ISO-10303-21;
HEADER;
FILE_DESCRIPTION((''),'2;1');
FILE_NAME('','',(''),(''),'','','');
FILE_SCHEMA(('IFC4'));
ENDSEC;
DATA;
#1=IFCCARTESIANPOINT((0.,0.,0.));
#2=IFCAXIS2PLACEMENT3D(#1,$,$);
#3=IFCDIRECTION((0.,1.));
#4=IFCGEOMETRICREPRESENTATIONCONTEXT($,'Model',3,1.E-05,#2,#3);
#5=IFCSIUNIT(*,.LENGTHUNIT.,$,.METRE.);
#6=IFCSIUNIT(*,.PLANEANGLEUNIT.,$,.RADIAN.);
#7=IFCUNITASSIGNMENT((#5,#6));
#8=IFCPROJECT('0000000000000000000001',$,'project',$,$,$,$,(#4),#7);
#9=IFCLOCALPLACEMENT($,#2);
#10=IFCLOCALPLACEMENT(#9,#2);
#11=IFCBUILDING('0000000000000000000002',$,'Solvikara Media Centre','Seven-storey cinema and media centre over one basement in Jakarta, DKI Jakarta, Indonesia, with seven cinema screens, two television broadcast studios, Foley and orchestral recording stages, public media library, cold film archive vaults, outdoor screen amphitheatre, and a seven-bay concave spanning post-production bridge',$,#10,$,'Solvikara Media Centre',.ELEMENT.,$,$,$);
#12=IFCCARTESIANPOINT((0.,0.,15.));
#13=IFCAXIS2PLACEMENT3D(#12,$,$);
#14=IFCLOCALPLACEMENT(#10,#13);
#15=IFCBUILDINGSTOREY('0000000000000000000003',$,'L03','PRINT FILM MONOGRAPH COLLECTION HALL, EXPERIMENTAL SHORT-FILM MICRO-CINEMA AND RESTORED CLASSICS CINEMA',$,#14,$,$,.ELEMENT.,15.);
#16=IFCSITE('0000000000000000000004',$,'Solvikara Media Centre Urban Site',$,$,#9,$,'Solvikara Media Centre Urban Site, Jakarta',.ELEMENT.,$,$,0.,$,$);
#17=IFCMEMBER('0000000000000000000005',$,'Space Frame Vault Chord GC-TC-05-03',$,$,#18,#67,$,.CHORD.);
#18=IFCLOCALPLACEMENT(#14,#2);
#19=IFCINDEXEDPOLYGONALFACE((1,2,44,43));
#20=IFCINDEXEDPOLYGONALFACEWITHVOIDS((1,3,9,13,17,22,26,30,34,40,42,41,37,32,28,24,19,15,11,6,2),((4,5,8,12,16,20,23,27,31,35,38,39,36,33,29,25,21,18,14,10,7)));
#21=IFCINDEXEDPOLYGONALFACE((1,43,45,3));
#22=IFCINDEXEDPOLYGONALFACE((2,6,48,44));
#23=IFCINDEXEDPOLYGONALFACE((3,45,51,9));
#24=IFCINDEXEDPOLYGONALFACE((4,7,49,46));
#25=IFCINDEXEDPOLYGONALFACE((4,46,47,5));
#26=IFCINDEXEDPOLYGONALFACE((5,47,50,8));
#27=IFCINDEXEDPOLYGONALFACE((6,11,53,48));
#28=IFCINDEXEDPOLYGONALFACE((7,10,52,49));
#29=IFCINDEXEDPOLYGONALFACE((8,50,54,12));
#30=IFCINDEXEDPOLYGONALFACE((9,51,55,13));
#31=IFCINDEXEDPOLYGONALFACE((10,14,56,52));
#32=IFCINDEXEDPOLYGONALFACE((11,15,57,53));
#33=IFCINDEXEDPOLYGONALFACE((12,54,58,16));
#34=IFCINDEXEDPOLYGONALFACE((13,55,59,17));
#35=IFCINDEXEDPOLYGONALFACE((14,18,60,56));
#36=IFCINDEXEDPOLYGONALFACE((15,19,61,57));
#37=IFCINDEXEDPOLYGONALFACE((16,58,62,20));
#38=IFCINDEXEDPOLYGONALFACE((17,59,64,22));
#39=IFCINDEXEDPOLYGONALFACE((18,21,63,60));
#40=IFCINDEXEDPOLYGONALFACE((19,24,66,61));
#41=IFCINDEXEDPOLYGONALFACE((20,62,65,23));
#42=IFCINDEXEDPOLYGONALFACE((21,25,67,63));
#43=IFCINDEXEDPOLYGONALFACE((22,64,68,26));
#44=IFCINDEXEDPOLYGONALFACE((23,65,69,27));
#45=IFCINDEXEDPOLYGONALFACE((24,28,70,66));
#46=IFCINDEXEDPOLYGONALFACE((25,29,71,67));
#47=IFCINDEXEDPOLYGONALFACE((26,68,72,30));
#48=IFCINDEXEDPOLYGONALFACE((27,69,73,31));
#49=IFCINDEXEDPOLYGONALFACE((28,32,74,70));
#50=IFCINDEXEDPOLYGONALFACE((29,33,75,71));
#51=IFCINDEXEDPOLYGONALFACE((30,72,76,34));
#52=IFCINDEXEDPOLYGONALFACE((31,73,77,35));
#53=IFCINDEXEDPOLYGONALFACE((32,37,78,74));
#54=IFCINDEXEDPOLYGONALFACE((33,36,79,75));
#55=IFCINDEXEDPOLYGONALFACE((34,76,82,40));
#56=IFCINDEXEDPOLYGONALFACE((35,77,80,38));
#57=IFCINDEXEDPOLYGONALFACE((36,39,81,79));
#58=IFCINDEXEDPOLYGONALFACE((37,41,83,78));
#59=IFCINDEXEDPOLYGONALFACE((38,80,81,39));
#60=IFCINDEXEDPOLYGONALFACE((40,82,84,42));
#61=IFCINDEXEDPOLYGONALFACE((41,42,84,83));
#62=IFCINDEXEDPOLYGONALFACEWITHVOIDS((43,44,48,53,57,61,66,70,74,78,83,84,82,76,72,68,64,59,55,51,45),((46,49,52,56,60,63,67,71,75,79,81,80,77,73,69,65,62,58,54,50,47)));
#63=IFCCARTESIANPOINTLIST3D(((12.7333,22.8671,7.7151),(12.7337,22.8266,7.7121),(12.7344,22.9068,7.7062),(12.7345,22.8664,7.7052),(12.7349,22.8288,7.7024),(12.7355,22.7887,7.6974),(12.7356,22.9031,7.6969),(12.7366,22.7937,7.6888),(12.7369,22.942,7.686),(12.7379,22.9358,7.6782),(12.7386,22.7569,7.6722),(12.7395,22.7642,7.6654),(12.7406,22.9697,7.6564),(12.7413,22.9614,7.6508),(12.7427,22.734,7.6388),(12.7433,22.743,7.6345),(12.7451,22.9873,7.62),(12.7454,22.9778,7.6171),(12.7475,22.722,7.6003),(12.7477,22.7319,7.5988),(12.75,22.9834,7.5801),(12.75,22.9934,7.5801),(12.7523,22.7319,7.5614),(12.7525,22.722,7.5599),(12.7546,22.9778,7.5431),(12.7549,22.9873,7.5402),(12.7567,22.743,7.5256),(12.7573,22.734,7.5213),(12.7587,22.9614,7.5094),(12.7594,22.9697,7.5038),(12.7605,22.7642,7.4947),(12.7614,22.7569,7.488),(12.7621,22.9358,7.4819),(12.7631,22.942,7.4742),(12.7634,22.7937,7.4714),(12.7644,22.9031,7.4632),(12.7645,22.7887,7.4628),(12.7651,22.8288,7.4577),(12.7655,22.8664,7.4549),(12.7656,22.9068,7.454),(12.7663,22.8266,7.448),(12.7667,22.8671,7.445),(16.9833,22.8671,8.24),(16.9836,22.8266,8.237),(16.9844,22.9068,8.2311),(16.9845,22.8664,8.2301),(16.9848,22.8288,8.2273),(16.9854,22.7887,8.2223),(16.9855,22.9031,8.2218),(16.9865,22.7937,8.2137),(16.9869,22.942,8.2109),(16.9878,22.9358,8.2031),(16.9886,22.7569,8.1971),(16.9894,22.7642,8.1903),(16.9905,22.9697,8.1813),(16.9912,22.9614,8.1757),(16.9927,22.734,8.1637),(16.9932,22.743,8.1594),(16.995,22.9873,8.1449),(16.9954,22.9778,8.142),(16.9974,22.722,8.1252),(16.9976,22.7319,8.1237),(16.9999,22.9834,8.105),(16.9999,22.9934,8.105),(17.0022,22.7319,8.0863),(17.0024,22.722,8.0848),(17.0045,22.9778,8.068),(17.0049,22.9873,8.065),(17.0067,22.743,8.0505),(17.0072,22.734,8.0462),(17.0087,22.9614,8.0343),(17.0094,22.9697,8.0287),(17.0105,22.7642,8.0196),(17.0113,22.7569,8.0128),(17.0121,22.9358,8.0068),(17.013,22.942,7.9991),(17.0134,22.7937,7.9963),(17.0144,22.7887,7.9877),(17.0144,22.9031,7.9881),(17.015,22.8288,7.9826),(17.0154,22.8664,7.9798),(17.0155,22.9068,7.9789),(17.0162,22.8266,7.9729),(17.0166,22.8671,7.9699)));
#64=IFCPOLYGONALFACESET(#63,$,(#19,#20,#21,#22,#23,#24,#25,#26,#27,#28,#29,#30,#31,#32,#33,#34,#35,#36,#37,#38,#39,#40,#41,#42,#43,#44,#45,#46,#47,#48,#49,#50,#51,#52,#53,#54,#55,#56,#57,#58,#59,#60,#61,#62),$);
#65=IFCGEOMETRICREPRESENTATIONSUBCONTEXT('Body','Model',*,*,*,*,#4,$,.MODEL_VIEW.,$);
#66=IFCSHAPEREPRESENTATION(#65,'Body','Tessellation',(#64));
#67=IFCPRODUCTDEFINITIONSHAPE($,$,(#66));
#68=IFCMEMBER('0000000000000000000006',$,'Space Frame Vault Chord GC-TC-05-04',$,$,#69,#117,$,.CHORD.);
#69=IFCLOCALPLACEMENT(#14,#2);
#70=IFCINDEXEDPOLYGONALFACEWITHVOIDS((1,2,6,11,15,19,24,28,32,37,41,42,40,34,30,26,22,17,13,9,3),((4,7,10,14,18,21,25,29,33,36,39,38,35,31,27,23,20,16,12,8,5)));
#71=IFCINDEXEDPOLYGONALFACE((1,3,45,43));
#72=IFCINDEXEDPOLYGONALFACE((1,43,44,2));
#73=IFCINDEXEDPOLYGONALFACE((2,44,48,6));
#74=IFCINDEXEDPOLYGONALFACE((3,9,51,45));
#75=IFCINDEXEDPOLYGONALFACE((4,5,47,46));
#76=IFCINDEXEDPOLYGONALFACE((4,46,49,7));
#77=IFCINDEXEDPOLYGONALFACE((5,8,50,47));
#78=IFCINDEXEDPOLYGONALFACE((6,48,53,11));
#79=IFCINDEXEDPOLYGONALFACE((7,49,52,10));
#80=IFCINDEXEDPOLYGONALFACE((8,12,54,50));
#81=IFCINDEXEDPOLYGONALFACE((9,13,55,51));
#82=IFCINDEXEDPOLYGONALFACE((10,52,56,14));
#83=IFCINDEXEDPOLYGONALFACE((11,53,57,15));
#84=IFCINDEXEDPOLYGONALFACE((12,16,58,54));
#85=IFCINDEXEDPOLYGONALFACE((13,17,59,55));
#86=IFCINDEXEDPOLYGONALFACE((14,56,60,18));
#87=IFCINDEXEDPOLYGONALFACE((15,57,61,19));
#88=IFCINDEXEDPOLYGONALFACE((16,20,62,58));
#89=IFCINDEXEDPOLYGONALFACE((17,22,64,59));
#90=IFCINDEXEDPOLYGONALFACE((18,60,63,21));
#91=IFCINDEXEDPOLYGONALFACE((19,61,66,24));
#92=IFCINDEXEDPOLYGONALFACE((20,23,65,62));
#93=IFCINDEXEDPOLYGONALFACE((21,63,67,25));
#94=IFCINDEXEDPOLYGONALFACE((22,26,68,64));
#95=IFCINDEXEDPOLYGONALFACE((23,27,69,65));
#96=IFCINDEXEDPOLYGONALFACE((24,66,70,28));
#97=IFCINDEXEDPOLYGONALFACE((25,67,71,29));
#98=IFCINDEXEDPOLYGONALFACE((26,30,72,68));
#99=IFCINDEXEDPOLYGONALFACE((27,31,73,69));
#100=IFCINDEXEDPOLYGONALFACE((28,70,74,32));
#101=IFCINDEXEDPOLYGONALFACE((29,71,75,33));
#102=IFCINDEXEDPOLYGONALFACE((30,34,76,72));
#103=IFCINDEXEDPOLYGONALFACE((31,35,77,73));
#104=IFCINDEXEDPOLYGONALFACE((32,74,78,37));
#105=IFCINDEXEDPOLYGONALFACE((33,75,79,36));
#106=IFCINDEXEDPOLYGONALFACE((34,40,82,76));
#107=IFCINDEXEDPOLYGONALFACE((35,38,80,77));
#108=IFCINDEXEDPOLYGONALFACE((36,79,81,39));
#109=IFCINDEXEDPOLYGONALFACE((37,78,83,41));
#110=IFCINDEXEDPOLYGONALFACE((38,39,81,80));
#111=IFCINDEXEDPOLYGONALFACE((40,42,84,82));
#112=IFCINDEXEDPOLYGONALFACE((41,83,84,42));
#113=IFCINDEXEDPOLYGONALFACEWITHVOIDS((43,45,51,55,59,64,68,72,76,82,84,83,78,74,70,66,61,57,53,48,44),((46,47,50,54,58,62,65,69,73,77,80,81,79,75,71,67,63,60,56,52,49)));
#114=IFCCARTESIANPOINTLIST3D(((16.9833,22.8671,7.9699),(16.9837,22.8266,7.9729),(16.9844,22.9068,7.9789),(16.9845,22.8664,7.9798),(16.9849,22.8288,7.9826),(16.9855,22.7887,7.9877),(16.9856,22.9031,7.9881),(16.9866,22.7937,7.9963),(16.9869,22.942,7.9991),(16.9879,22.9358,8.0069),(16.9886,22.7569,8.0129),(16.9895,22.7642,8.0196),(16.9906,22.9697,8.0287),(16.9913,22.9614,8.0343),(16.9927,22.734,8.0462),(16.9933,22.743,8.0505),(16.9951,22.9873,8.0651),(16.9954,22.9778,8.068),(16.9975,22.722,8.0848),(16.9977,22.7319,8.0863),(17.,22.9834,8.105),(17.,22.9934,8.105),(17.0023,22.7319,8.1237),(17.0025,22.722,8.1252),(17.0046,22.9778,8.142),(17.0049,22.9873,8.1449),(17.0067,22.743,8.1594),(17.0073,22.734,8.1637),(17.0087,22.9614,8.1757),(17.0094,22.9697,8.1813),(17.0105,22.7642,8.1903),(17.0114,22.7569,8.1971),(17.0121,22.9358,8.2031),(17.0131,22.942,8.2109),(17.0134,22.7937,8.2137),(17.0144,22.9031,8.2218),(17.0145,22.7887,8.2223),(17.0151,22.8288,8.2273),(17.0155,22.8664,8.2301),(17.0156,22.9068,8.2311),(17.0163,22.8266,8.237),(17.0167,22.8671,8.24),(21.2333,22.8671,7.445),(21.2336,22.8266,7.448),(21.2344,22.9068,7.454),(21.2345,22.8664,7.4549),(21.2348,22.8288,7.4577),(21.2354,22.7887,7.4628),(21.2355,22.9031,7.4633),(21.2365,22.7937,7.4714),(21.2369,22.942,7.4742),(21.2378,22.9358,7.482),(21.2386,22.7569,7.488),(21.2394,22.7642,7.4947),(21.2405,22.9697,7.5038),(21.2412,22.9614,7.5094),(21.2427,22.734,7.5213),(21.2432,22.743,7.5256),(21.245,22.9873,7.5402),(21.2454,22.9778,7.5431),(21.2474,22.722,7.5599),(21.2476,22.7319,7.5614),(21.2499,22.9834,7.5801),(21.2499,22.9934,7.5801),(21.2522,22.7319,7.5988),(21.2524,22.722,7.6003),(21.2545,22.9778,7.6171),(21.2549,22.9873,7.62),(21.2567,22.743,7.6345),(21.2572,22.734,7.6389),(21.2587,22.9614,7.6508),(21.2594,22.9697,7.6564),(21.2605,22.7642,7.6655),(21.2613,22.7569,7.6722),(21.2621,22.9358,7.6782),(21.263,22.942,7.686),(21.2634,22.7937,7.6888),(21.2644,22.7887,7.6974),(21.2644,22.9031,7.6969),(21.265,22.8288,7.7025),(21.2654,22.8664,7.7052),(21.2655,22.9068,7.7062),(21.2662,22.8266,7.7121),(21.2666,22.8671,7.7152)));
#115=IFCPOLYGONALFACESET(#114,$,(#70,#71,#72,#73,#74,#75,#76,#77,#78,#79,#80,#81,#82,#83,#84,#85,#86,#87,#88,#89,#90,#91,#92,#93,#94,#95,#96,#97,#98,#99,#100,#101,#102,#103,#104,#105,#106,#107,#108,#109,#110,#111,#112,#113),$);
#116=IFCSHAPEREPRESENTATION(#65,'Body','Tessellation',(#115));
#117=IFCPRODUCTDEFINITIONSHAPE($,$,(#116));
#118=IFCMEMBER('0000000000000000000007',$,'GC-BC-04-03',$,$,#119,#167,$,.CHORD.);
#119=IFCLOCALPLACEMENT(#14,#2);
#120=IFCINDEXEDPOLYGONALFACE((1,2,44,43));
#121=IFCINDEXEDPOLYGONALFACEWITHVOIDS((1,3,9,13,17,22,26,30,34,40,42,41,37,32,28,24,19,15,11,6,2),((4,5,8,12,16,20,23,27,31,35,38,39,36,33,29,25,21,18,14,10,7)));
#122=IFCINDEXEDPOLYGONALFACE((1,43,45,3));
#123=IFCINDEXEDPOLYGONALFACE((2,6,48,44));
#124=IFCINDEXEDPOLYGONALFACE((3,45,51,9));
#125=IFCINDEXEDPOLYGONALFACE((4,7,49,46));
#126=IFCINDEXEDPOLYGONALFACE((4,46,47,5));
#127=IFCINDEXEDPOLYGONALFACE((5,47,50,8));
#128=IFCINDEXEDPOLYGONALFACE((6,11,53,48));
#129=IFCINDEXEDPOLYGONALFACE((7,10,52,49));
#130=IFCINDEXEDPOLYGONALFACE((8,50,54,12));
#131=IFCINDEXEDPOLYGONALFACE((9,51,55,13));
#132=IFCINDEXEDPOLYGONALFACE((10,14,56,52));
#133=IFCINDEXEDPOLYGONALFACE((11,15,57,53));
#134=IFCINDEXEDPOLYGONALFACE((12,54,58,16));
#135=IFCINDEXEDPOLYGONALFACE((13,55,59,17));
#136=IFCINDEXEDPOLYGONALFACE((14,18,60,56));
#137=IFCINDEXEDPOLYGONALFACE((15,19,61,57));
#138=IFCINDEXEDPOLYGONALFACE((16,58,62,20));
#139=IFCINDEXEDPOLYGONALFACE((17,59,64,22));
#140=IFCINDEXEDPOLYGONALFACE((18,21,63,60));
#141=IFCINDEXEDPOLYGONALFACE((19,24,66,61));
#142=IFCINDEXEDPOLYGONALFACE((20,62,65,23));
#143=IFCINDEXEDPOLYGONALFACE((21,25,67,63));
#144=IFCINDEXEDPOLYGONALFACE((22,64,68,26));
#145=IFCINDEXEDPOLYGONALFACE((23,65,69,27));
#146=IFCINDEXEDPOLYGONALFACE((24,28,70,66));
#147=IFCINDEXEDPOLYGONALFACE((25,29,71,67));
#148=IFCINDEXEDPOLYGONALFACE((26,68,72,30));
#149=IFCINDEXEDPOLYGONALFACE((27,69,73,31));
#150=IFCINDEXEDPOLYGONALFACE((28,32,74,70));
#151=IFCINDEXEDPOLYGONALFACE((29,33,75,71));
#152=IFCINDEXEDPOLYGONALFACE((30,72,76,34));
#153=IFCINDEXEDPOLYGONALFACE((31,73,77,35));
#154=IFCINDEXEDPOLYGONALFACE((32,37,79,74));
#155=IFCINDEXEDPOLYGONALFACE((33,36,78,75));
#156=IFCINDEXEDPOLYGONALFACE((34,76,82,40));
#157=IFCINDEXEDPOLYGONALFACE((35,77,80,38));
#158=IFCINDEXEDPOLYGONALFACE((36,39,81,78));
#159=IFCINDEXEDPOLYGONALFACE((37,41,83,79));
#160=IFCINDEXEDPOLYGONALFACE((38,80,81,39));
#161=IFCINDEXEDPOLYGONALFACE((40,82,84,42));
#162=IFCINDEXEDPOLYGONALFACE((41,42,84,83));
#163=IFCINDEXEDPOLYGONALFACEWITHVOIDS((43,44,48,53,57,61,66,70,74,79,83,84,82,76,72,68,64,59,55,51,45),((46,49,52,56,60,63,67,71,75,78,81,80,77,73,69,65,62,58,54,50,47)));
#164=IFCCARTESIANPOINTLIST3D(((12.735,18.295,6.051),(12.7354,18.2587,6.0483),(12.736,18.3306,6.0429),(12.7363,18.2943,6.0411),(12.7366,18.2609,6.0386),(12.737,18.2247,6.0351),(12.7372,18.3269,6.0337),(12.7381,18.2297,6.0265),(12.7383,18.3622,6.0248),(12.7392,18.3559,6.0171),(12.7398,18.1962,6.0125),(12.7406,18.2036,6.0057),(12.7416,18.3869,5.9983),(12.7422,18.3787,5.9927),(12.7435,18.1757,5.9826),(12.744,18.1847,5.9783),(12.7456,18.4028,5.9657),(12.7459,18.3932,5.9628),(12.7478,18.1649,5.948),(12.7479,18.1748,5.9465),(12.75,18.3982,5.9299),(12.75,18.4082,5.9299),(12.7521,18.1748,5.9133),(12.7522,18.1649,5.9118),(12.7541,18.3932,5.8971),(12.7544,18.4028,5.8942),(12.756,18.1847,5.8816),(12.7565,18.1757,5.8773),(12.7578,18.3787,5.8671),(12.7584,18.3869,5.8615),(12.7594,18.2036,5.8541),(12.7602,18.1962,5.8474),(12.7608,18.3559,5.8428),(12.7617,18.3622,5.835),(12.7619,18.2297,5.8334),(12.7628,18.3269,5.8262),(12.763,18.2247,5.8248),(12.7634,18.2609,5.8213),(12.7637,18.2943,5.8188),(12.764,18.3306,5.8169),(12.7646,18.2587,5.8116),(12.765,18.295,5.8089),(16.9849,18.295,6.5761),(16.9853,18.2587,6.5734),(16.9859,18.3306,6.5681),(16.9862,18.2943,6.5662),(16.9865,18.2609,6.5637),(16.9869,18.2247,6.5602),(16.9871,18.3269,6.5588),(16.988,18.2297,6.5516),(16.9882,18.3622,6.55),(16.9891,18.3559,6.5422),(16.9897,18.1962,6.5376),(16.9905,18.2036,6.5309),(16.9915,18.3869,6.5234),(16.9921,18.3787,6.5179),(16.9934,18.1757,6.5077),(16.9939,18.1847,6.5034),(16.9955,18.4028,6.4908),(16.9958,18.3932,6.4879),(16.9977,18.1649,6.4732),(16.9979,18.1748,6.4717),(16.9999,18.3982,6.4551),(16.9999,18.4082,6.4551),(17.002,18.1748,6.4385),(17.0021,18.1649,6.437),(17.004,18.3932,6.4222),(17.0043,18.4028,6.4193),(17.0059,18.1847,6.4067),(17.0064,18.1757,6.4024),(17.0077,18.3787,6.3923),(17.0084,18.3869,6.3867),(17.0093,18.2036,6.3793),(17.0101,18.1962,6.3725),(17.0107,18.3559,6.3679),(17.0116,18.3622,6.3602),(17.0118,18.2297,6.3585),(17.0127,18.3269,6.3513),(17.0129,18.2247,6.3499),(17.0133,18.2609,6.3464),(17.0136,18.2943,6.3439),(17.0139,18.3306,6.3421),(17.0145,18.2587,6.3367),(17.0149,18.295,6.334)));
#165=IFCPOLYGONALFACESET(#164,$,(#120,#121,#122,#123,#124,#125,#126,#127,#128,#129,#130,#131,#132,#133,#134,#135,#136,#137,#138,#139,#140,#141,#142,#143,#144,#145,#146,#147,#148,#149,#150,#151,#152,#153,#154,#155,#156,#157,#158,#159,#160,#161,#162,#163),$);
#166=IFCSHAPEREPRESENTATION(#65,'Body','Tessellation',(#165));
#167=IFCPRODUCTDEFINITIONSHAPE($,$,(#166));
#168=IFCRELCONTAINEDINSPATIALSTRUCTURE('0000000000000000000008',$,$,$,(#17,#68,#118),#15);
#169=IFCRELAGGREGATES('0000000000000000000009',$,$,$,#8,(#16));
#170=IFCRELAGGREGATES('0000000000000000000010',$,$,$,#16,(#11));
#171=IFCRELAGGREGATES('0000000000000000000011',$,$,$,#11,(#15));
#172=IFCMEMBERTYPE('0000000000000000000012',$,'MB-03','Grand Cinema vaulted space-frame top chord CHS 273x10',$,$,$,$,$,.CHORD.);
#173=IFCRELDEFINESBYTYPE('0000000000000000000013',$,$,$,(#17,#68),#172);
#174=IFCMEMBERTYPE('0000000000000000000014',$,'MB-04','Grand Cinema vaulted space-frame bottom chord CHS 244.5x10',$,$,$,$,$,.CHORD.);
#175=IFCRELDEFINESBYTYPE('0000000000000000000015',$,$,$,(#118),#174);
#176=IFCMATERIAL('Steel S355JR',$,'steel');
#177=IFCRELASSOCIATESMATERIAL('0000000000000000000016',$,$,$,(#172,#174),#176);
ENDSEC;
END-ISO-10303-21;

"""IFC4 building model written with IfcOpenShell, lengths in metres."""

from ifc_helpers import new_model, si_unit, direction, frame, origin, origin_2d, place, context, subcontext, project, spatial, hollow_circle, extrude, material, material_profile, profile_set, type_object, element, save


model = new_model("IFC4")

# Units and contexts
model_context = context("Model", 3, precision=1e-05, world=origin(), true_north=direction((0.0, 1.0)))
body_context = subcontext(model_context, "Body", "Model", "MODEL_VIEW")
ifc_project = project(units=[si_unit("LENGTHUNIT", "METRE"), si_unit("PLANEANGLEUNIT", "RADIAN")], contexts=[model_context])

# Site, building, storey
site_placement = place(None, origin())
site = spatial("IfcSite", under=ifc_project, at=site_placement, Name="Solvikara Media Centre Urban Site", LongName="Solvikara Media Centre Urban Site, Jakarta", CompositionType="ELEMENT", RefElevation=0.0)
building_placement = place(site_placement, origin())
building = spatial("IfcBuilding", under=site, at=building_placement, Name="Solvikara Media Centre", Description="Seven-storey cinema and media centre over one basement in Jakarta, DKI Jakarta, Indonesia, with seven cinema screens, two television broadcast studios, Foley and orchestral recording stages, public media library, cold film archive vaults, outdoor screen amphitheatre, and a seven-bay concave spanning post-production bridge", LongName="Solvikara Media Centre", CompositionType="ELEMENT")
storey_placement = place(building_placement, frame((0.0, 0.0, 15.0)))
storey = spatial("IfcBuildingStorey", under=building, at=storey_placement, Name="L03", Description="PRINT FILM MONOGRAPH COLLECTION HALL, EXPERIMENTAL SHORT-FILM MICRO-CINEMA AND RESTORED CLASSICS CINEMA", CompositionType="ELEMENT", Elevation=15.0)

# Members
ifc_material = material(Name="Steel S355JR", Category="steel")
ifc_material_profile_1 = material_profile(ifc_material, hollow_circle(Radius=0.1365, WallThickness=0.01, at=origin_2d()), Name="CHS 273x10")
ifc_profile_set_1 = profile_set([ifc_material_profile_1], Name="Steel S355JR")
member_type_1 = type_object("IfcMemberType", Name="MB-03", Description="Grand Cinema vaulted space-frame top chord CHS 273x10", PredefinedType="CHORD", material=ifc_profile_set_1)
for number, where, z_axis, x_axis, name in (
    (1, (12.75, 22.8569, 7.5801), (0.992459, 0.0, 0.122575), (0.0, 1.0, 0.0), "Space Frame Vault Chord GC-TC-05-03"),
    (2, (17.0, 22.8569, 8.105), (0.992459, 0.0, -0.122575), (0.0, 1.0, 0.0), "Space Frame Vault Chord GC-TC-05-04"),
):
    element("IfcMember", number, at=place(storey_placement, frame(where, z_axis=z_axis, x_axis=x_axis)), inside=storey, type_object=member_type_1, Name=name, PredefinedType="CHORD", context=body_context, shape_type="SweptSolid", body=[
        extrude(hollow_circle(Radius=0.1365, WallThickness=0.01, at=origin_2d()), origin(), (0.0, 0.0, 1.0), 4.2822),
    ])
ifc_material_profile_2 = material_profile(ifc_material, hollow_circle(Radius=0.1223, WallThickness=0.01, at=origin_2d()), Name="CHS 244.5x10")
ifc_profile_set_2 = profile_set([ifc_material_profile_2], Name="Steel S355JR")
member_type_2 = type_object("IfcMemberType", Name="MB-04", Description="Grand Cinema vaulted space-frame bottom chord CHS 244.5x10", PredefinedType="CHORD", material=ifc_profile_set_2)
for number, where, z_axis, x_axis, name in (
    (3, (12.75, 18.2859, 5.9299), (0.992452, 0.0, 0.122631), (0.0, 1.0, 0.0), "GC-BC-04-03"),
):
    element("IfcMember", number, at=place(storey_placement, frame(where, z_axis=z_axis, x_axis=x_axis)), inside=storey, type_object=member_type_2, Name=name, PredefinedType="CHORD", context=body_context, shape_type="SweptSolid", body=[
        extrude(hollow_circle(Radius=0.1223, WallThickness=0.01, at=origin_2d()), origin(), (0.0, 0.0, 1.0), 4.2822),
    ])

save(model, "model.ifc")
